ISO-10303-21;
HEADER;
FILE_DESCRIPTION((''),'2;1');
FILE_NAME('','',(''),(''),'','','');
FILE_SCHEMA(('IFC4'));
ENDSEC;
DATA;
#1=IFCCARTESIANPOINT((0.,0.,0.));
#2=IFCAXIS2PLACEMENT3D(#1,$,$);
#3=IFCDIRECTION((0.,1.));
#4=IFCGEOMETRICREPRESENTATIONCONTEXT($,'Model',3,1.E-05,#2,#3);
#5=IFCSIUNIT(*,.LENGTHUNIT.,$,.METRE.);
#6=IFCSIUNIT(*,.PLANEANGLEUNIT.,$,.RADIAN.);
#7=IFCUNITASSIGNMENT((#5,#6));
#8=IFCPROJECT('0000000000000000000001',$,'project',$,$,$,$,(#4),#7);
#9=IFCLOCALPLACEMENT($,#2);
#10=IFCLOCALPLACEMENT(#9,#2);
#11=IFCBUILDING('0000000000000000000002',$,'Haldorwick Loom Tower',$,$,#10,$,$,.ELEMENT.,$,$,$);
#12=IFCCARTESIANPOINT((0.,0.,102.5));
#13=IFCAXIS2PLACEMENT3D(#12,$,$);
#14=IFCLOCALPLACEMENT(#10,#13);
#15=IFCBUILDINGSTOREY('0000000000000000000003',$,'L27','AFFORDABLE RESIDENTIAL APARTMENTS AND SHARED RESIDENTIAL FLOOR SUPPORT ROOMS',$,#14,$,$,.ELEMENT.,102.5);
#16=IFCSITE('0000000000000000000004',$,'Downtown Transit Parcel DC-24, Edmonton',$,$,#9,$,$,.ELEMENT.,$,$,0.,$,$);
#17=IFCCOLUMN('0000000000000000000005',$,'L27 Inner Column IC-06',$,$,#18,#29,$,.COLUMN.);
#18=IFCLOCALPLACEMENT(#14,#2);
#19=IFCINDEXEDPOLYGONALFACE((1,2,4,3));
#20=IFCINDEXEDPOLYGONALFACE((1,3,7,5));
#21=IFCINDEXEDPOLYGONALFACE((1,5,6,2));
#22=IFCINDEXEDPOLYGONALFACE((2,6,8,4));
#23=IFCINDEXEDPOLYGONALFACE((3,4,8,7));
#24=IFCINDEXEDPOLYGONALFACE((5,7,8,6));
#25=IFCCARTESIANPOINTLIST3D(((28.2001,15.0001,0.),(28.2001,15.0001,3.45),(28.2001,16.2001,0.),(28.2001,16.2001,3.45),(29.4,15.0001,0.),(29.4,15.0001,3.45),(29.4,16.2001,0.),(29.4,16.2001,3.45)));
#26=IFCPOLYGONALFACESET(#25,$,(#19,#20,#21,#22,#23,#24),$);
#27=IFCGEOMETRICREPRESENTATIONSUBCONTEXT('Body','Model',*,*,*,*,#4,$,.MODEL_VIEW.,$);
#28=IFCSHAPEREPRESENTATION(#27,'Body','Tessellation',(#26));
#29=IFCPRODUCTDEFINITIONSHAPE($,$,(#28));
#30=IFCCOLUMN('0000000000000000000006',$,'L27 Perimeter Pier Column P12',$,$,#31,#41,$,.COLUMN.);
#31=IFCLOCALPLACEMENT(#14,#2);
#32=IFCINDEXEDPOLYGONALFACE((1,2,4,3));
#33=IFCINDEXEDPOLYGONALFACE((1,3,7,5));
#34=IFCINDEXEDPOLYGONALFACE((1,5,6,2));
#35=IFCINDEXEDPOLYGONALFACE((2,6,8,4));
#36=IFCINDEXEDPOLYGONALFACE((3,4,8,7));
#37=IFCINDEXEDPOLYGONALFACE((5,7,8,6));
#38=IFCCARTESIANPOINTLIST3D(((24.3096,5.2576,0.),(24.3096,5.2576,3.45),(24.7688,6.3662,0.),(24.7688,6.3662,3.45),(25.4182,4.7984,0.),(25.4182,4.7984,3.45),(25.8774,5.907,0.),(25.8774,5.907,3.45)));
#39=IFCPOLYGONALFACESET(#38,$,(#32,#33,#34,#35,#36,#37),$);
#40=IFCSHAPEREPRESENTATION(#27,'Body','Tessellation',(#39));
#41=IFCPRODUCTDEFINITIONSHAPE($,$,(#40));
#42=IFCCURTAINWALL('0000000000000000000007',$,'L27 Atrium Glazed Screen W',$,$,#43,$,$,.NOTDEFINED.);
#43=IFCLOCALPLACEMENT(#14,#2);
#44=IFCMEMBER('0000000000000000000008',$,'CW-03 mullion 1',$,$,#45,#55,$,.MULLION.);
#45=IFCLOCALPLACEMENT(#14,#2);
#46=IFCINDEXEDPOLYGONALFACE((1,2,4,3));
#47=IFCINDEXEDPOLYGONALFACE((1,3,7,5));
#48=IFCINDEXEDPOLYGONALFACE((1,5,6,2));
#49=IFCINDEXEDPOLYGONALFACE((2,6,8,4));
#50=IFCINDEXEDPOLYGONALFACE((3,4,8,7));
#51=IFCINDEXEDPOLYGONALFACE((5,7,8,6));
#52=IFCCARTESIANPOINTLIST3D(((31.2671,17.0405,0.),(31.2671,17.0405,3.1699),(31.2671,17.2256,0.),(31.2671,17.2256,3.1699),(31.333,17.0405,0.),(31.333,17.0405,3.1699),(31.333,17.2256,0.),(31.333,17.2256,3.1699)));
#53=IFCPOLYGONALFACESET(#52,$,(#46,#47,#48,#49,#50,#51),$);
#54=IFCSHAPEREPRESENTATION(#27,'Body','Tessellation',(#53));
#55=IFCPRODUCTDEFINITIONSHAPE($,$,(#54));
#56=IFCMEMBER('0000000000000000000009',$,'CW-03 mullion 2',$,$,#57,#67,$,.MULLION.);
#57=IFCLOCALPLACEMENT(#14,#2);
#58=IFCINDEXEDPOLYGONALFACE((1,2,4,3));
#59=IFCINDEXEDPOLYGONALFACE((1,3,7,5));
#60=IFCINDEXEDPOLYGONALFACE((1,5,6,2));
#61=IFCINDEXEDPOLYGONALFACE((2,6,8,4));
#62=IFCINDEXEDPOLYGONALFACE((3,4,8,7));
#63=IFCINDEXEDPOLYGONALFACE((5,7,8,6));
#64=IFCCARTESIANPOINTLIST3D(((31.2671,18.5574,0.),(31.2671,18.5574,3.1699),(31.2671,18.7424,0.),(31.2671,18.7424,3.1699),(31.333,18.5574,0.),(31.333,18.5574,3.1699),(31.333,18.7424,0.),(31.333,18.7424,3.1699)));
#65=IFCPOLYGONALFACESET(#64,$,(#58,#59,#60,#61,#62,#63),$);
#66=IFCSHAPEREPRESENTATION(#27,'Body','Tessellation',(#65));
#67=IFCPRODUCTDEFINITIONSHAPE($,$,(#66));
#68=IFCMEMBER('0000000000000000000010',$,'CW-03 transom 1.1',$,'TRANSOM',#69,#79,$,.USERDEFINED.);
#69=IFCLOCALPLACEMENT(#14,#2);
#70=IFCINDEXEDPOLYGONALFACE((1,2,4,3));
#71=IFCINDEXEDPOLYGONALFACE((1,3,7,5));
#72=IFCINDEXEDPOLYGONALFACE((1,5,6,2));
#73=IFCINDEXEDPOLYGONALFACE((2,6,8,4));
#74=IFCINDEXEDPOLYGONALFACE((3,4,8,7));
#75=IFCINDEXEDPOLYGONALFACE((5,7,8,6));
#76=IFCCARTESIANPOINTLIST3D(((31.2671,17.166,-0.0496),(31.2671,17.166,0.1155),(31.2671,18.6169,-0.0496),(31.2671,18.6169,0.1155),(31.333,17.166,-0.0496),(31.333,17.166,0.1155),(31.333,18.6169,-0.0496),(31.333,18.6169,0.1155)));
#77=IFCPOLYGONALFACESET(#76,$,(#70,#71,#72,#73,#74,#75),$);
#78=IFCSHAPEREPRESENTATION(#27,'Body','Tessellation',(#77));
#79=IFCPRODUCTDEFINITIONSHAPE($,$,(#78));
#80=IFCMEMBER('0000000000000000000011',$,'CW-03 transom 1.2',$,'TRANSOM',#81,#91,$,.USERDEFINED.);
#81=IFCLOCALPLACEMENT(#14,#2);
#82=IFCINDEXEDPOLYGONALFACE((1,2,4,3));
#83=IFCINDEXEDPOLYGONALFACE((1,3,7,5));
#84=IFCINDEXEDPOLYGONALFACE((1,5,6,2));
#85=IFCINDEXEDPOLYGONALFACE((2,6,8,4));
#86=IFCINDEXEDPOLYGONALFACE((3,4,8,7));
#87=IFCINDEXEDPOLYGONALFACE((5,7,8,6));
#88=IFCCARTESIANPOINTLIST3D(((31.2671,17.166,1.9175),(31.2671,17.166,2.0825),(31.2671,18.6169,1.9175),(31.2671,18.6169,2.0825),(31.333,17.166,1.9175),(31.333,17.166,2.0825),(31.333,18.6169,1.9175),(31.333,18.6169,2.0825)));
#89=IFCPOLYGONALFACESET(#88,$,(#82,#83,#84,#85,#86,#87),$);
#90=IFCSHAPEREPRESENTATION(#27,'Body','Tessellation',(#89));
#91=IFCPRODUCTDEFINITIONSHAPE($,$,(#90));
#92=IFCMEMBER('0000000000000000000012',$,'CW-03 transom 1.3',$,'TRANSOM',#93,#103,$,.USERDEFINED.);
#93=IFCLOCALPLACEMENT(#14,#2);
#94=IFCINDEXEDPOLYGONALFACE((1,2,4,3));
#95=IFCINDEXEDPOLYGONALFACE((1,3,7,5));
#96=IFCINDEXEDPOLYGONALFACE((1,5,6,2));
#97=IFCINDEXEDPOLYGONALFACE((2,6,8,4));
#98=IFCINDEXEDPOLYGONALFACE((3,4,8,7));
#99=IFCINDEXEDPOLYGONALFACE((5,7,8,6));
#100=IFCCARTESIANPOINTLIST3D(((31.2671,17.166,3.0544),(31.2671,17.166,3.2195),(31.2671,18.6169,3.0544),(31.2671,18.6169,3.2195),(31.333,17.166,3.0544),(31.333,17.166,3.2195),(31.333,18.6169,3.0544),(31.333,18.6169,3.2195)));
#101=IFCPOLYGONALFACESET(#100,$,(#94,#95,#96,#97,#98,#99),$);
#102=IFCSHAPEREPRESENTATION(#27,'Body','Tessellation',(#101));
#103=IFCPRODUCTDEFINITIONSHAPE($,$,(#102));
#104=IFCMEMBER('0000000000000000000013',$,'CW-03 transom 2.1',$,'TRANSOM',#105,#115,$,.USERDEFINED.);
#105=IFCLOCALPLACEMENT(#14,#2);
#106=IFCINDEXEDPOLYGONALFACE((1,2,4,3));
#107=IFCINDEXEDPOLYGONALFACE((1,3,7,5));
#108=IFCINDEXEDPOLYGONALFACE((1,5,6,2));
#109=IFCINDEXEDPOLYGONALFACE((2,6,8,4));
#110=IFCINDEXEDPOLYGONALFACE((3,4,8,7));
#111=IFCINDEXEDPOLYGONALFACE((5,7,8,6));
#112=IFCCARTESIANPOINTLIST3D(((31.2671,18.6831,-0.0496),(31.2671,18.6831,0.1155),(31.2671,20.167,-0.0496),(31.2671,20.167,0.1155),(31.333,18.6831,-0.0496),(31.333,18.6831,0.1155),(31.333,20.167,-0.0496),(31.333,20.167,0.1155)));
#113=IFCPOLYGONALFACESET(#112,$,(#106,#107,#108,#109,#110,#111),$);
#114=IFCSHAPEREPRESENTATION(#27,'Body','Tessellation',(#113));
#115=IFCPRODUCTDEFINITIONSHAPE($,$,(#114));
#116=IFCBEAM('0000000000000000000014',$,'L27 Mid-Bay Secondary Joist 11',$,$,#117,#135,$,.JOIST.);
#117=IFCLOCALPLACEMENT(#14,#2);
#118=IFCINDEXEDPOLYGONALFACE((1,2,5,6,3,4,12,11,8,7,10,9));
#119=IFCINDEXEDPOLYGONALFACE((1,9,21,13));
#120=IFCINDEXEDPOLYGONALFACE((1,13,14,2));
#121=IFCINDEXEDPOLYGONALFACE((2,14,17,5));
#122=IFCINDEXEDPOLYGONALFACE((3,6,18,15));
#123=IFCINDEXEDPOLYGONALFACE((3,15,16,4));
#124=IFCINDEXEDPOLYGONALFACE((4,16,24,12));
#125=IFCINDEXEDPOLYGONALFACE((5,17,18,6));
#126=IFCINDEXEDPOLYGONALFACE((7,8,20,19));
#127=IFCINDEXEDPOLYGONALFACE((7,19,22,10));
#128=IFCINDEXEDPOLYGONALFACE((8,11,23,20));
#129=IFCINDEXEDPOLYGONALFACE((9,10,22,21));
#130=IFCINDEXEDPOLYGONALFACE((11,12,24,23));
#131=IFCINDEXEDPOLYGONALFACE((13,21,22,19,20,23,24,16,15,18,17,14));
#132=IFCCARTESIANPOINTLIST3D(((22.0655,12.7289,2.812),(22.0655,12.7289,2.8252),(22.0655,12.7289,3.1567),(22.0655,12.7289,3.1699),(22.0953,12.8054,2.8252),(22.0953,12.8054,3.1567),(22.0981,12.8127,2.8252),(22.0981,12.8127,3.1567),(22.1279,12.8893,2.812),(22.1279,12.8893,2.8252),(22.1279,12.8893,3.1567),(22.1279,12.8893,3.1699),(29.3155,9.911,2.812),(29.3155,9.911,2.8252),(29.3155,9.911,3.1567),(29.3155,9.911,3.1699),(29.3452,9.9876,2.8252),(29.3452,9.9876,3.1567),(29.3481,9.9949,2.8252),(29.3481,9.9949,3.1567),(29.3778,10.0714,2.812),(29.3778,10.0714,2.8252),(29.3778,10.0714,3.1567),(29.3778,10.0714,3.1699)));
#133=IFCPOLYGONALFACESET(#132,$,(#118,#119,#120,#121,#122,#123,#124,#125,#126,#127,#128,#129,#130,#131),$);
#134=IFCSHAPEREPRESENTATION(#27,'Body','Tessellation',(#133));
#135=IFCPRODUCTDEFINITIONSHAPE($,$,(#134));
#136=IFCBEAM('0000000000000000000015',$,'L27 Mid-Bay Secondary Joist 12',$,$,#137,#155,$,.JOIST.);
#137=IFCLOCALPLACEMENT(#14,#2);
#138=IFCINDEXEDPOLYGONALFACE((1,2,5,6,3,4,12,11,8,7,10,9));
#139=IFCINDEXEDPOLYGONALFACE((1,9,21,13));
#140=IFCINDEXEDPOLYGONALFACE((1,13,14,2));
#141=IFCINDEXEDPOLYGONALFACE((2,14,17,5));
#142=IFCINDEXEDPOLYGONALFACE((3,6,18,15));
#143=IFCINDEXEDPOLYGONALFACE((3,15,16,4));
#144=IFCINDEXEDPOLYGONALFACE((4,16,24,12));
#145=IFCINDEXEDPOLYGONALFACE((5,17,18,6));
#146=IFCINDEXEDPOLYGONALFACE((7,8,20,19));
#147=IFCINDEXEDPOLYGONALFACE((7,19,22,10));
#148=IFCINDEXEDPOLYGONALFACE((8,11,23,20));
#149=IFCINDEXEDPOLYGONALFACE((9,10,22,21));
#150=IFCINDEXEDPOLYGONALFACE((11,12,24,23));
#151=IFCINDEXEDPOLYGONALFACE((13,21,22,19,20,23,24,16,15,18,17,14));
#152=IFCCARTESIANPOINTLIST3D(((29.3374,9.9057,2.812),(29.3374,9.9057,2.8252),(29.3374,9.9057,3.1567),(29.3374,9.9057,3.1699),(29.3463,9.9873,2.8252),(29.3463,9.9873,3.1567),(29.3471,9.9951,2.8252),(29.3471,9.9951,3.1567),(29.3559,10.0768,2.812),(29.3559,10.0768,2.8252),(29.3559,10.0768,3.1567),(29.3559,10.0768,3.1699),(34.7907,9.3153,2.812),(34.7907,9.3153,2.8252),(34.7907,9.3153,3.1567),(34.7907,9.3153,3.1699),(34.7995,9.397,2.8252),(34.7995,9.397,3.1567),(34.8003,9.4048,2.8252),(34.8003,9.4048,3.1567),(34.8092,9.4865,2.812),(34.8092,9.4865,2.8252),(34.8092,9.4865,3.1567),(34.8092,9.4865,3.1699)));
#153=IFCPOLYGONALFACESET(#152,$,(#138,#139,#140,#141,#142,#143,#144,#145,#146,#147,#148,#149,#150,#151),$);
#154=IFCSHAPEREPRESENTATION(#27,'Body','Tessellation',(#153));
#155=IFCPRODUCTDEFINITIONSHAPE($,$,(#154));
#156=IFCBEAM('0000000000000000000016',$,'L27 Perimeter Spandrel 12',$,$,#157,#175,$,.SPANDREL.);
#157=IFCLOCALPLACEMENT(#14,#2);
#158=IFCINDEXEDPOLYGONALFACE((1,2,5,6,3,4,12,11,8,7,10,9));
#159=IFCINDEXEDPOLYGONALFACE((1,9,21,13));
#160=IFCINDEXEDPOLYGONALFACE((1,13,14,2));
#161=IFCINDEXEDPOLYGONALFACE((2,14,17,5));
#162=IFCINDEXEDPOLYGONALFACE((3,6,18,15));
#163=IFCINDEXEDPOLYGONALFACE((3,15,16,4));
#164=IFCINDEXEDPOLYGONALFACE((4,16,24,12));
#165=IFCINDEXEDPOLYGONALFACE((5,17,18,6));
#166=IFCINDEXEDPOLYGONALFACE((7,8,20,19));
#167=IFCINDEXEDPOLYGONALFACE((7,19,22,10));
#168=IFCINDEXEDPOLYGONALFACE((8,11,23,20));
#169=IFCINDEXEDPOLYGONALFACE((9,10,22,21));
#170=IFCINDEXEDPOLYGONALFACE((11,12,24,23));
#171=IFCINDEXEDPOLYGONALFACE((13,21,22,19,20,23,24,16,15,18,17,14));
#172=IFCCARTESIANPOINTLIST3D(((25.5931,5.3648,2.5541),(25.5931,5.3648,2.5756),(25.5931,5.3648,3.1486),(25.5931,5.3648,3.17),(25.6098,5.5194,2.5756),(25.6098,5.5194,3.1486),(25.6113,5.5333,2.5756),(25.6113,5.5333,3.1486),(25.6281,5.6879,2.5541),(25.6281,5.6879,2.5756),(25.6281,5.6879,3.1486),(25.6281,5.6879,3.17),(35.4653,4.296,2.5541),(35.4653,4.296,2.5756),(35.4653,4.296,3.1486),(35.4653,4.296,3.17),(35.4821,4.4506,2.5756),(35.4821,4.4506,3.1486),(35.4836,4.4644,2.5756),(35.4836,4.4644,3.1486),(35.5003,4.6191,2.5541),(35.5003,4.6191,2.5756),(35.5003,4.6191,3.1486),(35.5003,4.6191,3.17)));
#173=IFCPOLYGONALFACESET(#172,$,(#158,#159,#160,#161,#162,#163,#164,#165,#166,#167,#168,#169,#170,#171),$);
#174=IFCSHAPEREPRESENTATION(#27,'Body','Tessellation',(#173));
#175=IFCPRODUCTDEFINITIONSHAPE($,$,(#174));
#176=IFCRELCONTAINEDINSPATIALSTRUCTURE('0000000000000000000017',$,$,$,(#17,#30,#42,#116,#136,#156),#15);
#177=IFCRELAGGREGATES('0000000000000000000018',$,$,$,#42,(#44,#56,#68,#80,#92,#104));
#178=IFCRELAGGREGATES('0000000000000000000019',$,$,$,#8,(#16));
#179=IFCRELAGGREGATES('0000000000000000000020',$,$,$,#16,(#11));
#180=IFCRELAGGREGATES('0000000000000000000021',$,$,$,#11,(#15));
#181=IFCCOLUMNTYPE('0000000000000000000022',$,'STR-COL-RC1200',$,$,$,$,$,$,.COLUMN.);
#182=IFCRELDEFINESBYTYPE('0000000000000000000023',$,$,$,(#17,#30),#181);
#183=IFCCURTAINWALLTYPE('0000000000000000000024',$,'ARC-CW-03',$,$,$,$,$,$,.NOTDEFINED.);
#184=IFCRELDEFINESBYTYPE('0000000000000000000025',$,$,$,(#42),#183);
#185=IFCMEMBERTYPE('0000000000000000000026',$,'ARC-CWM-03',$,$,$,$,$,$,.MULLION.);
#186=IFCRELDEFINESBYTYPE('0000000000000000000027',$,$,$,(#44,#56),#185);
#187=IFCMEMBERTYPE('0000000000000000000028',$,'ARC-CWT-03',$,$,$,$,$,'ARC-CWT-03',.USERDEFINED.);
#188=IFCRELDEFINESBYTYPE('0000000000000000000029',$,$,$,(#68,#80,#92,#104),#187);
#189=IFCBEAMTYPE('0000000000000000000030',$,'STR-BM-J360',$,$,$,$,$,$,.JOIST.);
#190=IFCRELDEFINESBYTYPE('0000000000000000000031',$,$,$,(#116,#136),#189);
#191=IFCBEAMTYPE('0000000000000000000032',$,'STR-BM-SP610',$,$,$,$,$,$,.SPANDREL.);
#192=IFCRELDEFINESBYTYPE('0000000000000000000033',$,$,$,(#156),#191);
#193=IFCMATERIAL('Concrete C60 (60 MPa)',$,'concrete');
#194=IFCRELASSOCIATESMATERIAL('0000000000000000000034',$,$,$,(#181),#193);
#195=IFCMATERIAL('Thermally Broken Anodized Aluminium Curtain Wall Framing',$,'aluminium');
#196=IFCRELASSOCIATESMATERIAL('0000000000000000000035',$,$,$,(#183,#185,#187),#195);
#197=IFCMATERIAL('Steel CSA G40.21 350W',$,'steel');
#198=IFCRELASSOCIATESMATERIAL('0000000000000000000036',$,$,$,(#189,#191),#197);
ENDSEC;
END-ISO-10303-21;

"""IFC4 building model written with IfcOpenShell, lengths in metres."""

from ifc_helpers import new_model, si_unit, direction, frame, origin, origin_2d, place, context, subcontext, project, spatial, rectangle, i_section, extrude, material, material_profile, profile_set, type_object, element, aggregate, save


model = new_model("IFC4")

# Units and contexts
model_context = context("Model", 3, precision=1e-05, world=origin(), true_north=direction((0.0, 1.0)))
body_context = subcontext(model_context, "Body", "Model", "MODEL_VIEW")
ifc_project = project(units=[si_unit("LENGTHUNIT", "METRE"), si_unit("PLANEANGLEUNIT", "RADIAN")], contexts=[model_context])

# Site, building, storey
site_placement = place(None, origin())
site = spatial("IfcSite", under=ifc_project, at=site_placement, Name="Downtown Transit Parcel DC-24, Edmonton", CompositionType="ELEMENT", RefElevation=0.0)
building_placement = place(site_placement, origin())
building = spatial("IfcBuilding", under=site, at=building_placement, Name="Haldorwick Loom Tower", CompositionType="ELEMENT")
storey_placement = place(building_placement, frame((0.0, 0.0, 102.5)))
storey = spatial("IfcBuildingStorey", under=building, at=storey_placement, Name="L27", Description="AFFORDABLE RESIDENTIAL APARTMENTS AND SHARED RESIDENTIAL FLOOR SUPPORT ROOMS", CompositionType="ELEMENT", Elevation=102.5)

# Columns
ifc_material_1 = material(Name="Concrete C60 (60 MPa)", Category="concrete")
ifc_material_profile_1 = material_profile(ifc_material_1, rectangle(XDim=1.2, YDim=1.2, at=origin_2d()), Name="RC1200X1200", Category="concrete")
ifc_profile_set_1 = profile_set([ifc_material_profile_1], Name="Concrete C60 (60 MPa)")
column_type = type_object("IfcColumnType", Name="STR-COL-RC1200", PredefinedType="COLUMN", material=ifc_profile_set_1)
for number, where, z_axis, x_axis, name in (
    (1, (28.8, 15.6001, 0.0), (0.0, 0.0, 1.0), (1.0, 0.0, 0.0), "L27 Inner Column IC-06"),
    (2, (25.0935, 5.5823, 0.0), (0.0, 0.0, 1.0), (-0.382683, -0.92388, 0.0), "L27 Perimeter Pier Column P12"),
):
    element("IfcColumn", number, at=place(storey_placement, frame(where, z_axis=z_axis, x_axis=x_axis)), inside=storey, type_object=column_type, Name=name, PredefinedType="COLUMN", context=body_context, shape_type="SweptSolid", body=[
        extrude(rectangle(XDim=1.2, YDim=1.2, at=origin_2d()), origin(), (0.0, 0.0, 1.0), 3.45),
    ])

# Curtain wall, members
ifc_material_2 = material(Name="Thermally Broken Anodized Aluminium Curtain Wall Framing", Category="aluminium")
curtain_wall_type = type_object("IfcCurtainWallType", Name="ARC-CW-03", PredefinedType="NOTDEFINED", material=ifc_material_2)
curtain_wall_placement = place(storey_placement, origin())
curtain_wall = element("IfcCurtainWall", 3, at=curtain_wall_placement, inside=storey, type_object=curtain_wall_type, Name="L27 Atrium Glazed Screen W", PredefinedType="NOTDEFINED")
ifc_material_profile_2 = material_profile(ifc_material_2, rectangle(XDim=0.0659, YDim=0.1851, at=origin_2d()), Name="ALU_MUL_66X185", Category="aluminium")
ifc_profile_set_2 = profile_set([ifc_material_profile_2], Name="Thermally Broken Anodized Aluminium Curtain Wall Framing")
member_type_1 = type_object("IfcMemberType", Name="ARC-CWM-03", PredefinedType="MULLION", material=ifc_profile_set_2)
member_1_placement = place(storey_placement, frame((31.3, 17.1331, 0.0), z_axis=(0.0, 0.0, 1.0), x_axis=(-1.0, 0.0, 0.0)))
member_1 = element("IfcMember", 4, at=member_1_placement, type_object=member_type_1, Name="CW-03 mullion 1", PredefinedType="MULLION", context=body_context, shape_type="SweptSolid", body=[
    extrude(rectangle(XDim=0.0659, YDim=0.1851, at=origin_2d()), origin(), (0.0, 0.0, 1.0), 3.1699),
])
member_2_placement = place(storey_placement, frame((31.3, 18.6499, 0.0), z_axis=(0.0, 0.0, 1.0), x_axis=(-1.0, 0.0, 0.0)))
member_2 = element("IfcMember", 5, at=member_2_placement, type_object=member_type_1, Name="CW-03 mullion 2", PredefinedType="MULLION", context=body_context, shape_type="SweptSolid", body=[
    extrude(rectangle(XDim=0.0659, YDim=0.1851, at=origin_2d()), origin(), (0.0, 0.0, 1.0), 3.1699),
])
ifc_material_profile_3 = material_profile(ifc_material_2, rectangle(XDim=0.0659, YDim=0.165, at=origin_2d()), Name="ALU_TRN_66X165", Category="aluminium")
ifc_profile_set_3 = profile_set([ifc_material_profile_3], Name="Thermally Broken Anodized Aluminium Curtain Wall Framing")
member_type_2 = type_object("IfcMemberType", Name="ARC-CWT-03", ElementType="ARC-CWT-03", PredefinedType="USERDEFINED", material=ifc_profile_set_3)
member_3_placement = place(storey_placement, frame((31.3, 17.166, 0.033), z_axis=(0.0, 1.0, 0.0), x_axis=(-1.0, 0.0, 0.0)))
member_3 = element("IfcMember", 6, at=member_3_placement, type_object=member_type_2, Name="CW-03 transom 1.1", ObjectType="TRANSOM", PredefinedType="USERDEFINED", context=body_context, shape_type="SweptSolid", body=[
    extrude(rectangle(XDim=0.0659, YDim=0.165, at=origin_2d()), origin(), (0.0, 0.0, 1.0), 1.4509),
])
member_4_placement = place(storey_placement, frame((31.3, 17.166, 2.0), z_axis=(0.0, 1.0, 0.0), x_axis=(-1.0, 0.0, 0.0)))
member_4 = element("IfcMember", 7, at=member_4_placement, type_object=member_type_2, Name="CW-03 transom 1.2", ObjectType="TRANSOM", PredefinedType="USERDEFINED", context=body_context, shape_type="SweptSolid", body=[
    extrude(rectangle(XDim=0.0659, YDim=0.165, at=origin_2d()), origin(), (0.0, 0.0, 1.0), 1.4509),
])
member_5_placement = place(storey_placement, frame((31.3, 17.166, 3.137), z_axis=(0.0, 1.0, 0.0), x_axis=(-1.0, 0.0, 0.0)))
member_5 = element("IfcMember", 8, at=member_5_placement, type_object=member_type_2, Name="CW-03 transom 1.3", ObjectType="TRANSOM", PredefinedType="USERDEFINED", context=body_context, shape_type="SweptSolid", body=[
    extrude(rectangle(XDim=0.0659, YDim=0.165, at=origin_2d()), origin(), (0.0, 0.0, 1.0), 1.4509),
])
member_6_placement = place(storey_placement, frame((31.3, 18.6831, 0.033), z_axis=(0.0, 1.0, 0.0), x_axis=(-1.0, 0.0, 0.0)))
member_6 = element("IfcMember", 9, at=member_6_placement, type_object=member_type_2, Name="CW-03 transom 2.1", ObjectType="TRANSOM", PredefinedType="USERDEFINED", context=body_context, shape_type="SweptSolid", body=[
    extrude(rectangle(XDim=0.0659, YDim=0.165, at=origin_2d()), origin(), (0.0, 0.0, 1.0), 1.4839),
])

# Beams
ifc_material_3 = material(Name="Steel CSA G40.21 350W", Category="steel")
ifc_material_profile_4 = material_profile(ifc_material_3, i_section(OverallWidth=0.1721, OverallDepth=0.3579, WebThickness=0.0078, FlangeThickness=0.0132, at=origin_2d()), Name="W360X57", Category="steel")
ifc_profile_set_4 = profile_set([ifc_material_profile_4], Name="Steel CSA G40.21 350W")
beam_type_1 = type_object("IfcBeamType", Name="STR-BM-J360", PredefinedType="JOIST", material=ifc_profile_set_4)
beam_1_placement = place(storey_placement, frame((22.0967, 12.8091, 2.991), z_axis=(0.932073, -0.362271, 0.0), x_axis=(0.362271, 0.932073, 0.0)))
element("IfcBeam", 10, at=beam_1_placement, inside=storey, type_object=beam_type_1, Name="L27 Mid-Bay Secondary Joist 11", PredefinedType="JOIST", context=body_context, shape_type="SweptSolid", body=[
    extrude(i_section(OverallWidth=0.1721, OverallDepth=0.3579, WebThickness=0.0078, FlangeThickness=0.0132, at=origin_2d()), origin(), (0.0, 0.0, 1.0), 7.7783),
])
beam_2_placement = place(storey_placement, frame((29.3467, 9.9912, 2.991), z_axis=(0.994192, -0.107622, 0.0), x_axis=(0.107622, 0.994192, 0.0)))
element("IfcBeam", 11, at=beam_2_placement, inside=storey, type_object=beam_type_1, Name="L27 Mid-Bay Secondary Joist 12", PredefinedType="JOIST", context=body_context, shape_type="SweptSolid", body=[
    extrude(i_section(OverallWidth=0.1721, OverallDepth=0.3579, WebThickness=0.0078, FlangeThickness=0.0132, at=origin_2d()), origin(), (0.0, 0.0, 1.0), 5.4851),
])
ifc_material_profile_5 = material_profile(ifc_material_3, i_section(OverallWidth=0.325, OverallDepth=0.616, WebThickness=0.0139, FlangeThickness=0.0215, at=origin_2d()), Name="W610X174", Category="steel")
ifc_profile_set_5 = profile_set([ifc_material_profile_5], Name="Steel CSA G40.21 350W")
beam_type_2 = type_object("IfcBeamType", Name="STR-BM-SP610", PredefinedType="SPANDREL", material=ifc_profile_set_5)
beam_3_placement = place(storey_placement, frame((25.6106, 5.5264, 2.8621), z_axis=(0.99419, -0.107638, 0.0), x_axis=(0.107638, 0.99419, 0.0)))
element("IfcBeam", 12, at=beam_3_placement, inside=storey, type_object=beam_type_2, Name="L27 Perimeter Spandrel 12", PredefinedType="SPANDREL", context=body_context, shape_type="SweptSolid", body=[
    extrude(i_section(OverallWidth=0.325, OverallDepth=0.616, WebThickness=0.0139, FlangeThickness=0.0215, at=origin_2d()), origin(), (0.0, 0.0, 1.0), 9.9299),
])

aggregate(curtain_wall, [member_1, member_2, member_3, member_4, member_5, member_6])

save(model, "model.ifc")
